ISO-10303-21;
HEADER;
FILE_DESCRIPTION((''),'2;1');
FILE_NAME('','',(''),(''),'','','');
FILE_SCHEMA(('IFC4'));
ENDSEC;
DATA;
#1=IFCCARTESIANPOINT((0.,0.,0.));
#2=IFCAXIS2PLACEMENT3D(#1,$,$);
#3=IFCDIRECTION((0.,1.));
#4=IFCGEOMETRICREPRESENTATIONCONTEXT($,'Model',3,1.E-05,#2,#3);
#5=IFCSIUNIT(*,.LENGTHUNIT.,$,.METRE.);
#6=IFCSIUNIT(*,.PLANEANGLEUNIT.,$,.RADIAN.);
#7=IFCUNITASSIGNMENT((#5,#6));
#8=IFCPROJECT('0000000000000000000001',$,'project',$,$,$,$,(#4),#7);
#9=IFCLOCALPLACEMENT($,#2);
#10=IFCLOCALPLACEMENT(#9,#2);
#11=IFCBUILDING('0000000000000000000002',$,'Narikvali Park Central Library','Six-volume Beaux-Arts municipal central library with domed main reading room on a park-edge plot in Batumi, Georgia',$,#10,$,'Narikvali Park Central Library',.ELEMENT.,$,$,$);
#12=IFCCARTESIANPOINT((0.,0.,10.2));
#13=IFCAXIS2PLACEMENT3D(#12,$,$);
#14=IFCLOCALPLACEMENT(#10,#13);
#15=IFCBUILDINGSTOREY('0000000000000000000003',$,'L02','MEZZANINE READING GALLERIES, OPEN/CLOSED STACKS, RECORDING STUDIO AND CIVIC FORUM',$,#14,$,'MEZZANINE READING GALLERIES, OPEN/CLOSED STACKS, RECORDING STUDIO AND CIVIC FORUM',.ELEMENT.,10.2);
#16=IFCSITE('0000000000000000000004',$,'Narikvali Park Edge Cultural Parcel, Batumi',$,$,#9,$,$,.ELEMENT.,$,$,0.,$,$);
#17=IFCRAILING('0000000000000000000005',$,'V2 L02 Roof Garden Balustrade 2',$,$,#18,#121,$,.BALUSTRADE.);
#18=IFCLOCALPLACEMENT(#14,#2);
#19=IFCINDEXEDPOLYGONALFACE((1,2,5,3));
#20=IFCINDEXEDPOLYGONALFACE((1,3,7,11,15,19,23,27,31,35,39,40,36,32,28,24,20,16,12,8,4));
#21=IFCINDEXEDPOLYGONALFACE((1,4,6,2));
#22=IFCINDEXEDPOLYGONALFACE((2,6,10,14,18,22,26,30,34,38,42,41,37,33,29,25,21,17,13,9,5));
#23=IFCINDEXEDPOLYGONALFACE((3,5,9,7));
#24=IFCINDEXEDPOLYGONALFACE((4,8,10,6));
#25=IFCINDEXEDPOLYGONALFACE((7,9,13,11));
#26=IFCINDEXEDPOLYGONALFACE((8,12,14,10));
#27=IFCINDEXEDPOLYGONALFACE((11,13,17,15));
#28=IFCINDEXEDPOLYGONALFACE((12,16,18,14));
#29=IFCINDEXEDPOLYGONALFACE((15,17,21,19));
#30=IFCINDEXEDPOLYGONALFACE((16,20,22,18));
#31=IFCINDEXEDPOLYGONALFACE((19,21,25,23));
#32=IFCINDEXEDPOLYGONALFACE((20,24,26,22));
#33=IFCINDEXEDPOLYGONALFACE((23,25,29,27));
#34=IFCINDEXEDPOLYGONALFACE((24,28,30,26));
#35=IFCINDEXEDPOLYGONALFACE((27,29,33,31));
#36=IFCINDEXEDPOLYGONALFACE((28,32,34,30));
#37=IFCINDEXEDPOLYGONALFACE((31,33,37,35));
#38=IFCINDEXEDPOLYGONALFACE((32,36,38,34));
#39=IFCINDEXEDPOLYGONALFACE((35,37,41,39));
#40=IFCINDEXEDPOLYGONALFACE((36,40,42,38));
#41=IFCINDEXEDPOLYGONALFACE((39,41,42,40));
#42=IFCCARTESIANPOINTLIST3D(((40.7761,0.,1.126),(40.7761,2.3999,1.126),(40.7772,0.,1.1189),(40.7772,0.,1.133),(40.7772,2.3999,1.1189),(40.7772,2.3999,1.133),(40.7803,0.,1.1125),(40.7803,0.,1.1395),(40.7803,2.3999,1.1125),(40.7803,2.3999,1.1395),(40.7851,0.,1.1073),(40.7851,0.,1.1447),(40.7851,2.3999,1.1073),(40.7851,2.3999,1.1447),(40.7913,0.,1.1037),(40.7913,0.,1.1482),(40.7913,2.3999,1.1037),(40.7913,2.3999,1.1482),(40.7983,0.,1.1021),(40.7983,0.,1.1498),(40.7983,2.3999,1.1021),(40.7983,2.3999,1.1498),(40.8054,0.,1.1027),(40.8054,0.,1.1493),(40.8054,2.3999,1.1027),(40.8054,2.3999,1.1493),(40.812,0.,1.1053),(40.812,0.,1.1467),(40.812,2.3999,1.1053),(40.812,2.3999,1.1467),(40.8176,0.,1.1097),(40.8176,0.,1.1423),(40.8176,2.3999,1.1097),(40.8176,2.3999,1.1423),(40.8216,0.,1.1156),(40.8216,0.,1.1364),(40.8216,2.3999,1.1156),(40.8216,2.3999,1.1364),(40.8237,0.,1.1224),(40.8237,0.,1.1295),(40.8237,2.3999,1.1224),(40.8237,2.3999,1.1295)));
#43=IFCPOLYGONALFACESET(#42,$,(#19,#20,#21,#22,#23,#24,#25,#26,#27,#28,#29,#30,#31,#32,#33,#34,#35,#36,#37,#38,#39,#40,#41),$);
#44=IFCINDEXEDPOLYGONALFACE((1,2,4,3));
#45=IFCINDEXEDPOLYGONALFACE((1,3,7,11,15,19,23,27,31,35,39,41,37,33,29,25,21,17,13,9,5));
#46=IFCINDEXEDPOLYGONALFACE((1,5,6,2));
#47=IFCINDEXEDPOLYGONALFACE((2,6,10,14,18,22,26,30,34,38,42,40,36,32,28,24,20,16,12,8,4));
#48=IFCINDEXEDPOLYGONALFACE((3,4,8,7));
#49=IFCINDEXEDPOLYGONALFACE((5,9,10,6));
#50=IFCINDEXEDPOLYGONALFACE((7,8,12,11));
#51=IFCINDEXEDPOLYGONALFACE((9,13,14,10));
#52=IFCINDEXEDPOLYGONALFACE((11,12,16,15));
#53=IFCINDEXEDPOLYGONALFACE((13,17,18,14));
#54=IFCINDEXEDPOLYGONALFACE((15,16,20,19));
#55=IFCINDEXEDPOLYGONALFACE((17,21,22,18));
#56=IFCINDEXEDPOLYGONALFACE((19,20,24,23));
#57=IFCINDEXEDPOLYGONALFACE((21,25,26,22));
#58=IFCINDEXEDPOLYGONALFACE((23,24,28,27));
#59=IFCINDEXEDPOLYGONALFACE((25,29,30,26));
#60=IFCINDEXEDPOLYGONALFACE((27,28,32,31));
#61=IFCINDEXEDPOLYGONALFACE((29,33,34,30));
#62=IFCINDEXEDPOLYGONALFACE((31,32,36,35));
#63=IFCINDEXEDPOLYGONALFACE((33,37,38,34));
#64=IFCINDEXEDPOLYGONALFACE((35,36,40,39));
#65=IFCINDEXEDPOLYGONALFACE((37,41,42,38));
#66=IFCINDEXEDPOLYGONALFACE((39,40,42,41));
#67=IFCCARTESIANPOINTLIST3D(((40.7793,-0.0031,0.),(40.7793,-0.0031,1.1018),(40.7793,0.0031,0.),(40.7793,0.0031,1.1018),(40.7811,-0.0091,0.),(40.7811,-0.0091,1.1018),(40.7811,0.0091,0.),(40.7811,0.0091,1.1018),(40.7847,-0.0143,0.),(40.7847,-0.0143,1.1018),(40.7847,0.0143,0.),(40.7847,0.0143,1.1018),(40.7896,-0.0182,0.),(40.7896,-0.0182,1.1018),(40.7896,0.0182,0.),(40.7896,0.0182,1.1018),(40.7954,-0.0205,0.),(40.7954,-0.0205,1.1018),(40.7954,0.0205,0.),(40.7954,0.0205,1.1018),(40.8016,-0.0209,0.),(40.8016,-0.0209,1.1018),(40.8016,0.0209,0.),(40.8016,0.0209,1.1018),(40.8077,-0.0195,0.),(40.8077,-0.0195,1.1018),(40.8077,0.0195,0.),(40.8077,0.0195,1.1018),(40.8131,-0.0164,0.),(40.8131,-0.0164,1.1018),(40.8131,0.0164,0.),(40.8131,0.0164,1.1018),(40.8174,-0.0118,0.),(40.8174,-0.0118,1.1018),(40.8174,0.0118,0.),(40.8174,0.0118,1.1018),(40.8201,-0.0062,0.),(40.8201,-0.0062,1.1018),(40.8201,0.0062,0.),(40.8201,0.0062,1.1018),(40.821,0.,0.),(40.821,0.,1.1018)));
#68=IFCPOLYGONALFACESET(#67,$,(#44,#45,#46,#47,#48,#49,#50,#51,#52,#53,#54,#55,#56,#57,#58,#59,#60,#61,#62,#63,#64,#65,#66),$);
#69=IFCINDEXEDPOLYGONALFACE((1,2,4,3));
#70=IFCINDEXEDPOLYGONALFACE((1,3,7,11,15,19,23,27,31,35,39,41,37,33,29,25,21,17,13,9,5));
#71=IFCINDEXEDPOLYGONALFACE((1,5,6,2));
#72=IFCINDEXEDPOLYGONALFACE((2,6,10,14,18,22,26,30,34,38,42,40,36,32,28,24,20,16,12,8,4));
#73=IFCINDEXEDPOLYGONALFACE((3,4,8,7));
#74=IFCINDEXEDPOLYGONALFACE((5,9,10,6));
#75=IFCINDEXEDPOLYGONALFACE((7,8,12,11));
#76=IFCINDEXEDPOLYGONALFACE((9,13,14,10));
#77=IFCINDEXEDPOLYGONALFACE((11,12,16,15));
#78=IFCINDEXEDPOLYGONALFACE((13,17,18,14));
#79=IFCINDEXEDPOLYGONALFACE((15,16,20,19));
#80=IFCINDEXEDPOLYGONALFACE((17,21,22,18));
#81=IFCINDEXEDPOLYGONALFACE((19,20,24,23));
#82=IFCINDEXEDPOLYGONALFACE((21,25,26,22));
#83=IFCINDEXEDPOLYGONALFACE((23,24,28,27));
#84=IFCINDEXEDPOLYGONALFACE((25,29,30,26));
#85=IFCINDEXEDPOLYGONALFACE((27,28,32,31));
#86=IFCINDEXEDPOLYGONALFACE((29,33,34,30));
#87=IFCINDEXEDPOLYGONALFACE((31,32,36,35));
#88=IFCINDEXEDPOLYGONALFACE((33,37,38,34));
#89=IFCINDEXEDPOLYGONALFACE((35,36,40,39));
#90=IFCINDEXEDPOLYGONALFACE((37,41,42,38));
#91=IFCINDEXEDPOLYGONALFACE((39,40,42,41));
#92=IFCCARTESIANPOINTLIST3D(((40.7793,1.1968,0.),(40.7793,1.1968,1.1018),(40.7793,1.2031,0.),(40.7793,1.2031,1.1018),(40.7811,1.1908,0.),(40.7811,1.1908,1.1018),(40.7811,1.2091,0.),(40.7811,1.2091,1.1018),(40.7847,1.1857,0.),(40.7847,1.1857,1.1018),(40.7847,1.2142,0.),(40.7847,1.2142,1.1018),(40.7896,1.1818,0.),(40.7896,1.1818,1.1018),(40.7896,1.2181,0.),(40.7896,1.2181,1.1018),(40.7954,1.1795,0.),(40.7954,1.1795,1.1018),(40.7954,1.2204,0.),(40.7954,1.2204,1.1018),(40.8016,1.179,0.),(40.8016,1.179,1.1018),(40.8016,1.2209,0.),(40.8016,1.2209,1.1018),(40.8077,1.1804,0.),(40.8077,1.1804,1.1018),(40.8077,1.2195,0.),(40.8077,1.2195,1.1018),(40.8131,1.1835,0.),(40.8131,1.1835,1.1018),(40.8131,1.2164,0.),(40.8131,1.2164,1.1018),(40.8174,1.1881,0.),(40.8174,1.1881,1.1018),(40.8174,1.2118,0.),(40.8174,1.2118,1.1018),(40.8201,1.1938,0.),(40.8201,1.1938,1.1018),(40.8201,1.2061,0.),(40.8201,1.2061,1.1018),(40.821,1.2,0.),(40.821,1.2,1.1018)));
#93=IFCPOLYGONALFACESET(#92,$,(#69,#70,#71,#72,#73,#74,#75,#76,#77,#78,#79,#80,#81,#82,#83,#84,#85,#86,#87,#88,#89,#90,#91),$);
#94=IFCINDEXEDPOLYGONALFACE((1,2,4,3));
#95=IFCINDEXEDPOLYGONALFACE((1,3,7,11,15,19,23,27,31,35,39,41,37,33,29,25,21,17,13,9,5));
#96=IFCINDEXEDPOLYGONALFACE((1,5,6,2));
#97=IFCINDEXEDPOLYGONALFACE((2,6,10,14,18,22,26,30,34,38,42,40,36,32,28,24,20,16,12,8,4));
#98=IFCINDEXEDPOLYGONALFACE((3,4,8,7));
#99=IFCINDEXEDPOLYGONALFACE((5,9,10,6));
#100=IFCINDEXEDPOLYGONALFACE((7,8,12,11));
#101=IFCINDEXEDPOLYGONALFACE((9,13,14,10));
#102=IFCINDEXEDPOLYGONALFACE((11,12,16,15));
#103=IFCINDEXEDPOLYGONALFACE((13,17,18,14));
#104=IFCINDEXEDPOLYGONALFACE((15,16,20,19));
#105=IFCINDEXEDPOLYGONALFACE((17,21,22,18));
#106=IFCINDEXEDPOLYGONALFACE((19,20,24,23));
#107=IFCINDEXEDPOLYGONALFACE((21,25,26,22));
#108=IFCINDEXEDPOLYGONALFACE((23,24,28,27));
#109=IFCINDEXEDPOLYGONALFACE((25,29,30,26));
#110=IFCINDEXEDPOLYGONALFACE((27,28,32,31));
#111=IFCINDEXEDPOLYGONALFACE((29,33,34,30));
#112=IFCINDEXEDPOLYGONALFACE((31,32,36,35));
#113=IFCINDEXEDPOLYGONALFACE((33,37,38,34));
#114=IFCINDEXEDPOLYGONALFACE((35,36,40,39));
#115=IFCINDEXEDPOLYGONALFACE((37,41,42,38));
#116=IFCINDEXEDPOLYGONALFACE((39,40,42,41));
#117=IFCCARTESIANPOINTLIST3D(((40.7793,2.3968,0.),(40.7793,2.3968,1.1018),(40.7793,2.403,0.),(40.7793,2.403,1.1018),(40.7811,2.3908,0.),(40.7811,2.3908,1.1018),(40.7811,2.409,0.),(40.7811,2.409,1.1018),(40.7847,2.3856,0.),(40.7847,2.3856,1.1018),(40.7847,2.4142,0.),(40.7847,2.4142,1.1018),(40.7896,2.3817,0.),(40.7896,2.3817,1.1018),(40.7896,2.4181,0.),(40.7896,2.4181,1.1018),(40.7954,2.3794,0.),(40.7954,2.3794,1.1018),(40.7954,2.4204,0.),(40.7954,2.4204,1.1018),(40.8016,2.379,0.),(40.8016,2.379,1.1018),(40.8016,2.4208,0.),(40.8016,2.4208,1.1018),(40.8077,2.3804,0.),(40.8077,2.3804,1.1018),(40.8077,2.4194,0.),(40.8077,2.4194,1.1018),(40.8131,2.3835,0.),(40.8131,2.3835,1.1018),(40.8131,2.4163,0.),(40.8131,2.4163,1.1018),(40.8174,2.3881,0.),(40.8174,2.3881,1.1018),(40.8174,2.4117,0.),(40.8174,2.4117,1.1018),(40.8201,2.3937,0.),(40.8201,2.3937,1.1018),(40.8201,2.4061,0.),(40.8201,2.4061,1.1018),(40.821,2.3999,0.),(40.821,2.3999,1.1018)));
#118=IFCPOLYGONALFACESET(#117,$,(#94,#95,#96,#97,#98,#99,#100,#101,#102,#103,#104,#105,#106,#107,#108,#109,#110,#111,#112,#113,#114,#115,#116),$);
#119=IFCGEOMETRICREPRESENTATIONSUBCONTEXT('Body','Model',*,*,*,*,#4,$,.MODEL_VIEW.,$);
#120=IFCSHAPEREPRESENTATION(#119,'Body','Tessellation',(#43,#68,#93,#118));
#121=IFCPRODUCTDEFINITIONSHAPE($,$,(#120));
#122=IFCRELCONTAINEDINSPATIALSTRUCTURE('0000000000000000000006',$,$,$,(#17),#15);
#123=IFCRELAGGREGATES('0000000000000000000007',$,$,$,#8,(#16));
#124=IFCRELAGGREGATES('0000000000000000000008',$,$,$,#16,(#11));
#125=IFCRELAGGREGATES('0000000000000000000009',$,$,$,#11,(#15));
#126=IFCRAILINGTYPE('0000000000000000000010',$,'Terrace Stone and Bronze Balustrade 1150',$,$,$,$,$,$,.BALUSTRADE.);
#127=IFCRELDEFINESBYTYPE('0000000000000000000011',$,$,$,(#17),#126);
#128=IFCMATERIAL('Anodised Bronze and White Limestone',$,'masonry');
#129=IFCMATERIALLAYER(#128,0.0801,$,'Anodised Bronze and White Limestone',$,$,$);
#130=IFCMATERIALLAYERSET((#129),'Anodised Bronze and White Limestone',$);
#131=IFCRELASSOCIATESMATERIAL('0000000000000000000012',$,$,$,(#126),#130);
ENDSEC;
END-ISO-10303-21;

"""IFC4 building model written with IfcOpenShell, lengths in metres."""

from ifc_helpers import new_model, si_unit, direction, frame, origin, origin_2d, place, context, subcontext, project, spatial, circle, extrude, material, layer, layer_set, type_object, element, save


model = new_model("IFC4")

# Units and contexts
model_context = context("Model", 3, precision=1e-05, world=origin(), true_north=direction((0.0, 1.0)))
body_context = subcontext(model_context, "Body", "Model", "MODEL_VIEW")
ifc_project = project(units=[si_unit("LENGTHUNIT", "METRE"), si_unit("PLANEANGLEUNIT", "RADIAN")], contexts=[model_context])

# Site, building, storey
site_placement = place(None, origin())
site = spatial("IfcSite", under=ifc_project, at=site_placement, Name="Narikvali Park Edge Cultural Parcel, Batumi", CompositionType="ELEMENT", RefElevation=0.0)
building_placement = place(site_placement, origin())
building = spatial("IfcBuilding", under=site, at=building_placement, Name="Narikvali Park Central Library", Description="Six-volume Beaux-Arts municipal central library with domed main reading room on a park-edge plot in Batumi, Georgia", LongName="Narikvali Park Central Library", CompositionType="ELEMENT")
storey_placement = place(building_placement, frame((0.0, 0.0, 10.2)))
storey = spatial("IfcBuildingStorey", under=building, at=storey_placement, Name="L02", Description="MEZZANINE READING GALLERIES, OPEN/CLOSED STACKS, RECORDING STUDIO AND CIVIC FORUM", LongName="MEZZANINE READING GALLERIES, OPEN/CLOSED STACKS, RECORDING STUDIO AND CIVIC FORUM", CompositionType="ELEMENT", Elevation=10.2)

# Railing
ifc_material_1 = material(Name="Anodised Bronze and White Limestone", Category="masonry")
ifc_layer_1 = layer(ifc_material_1, 0.0801, Name="Anodised Bronze and White Limestone")
ifc_layer_set_1 = layer_set([ifc_layer_1], Name="Anodised Bronze and White Limestone")
railing_type = type_object("IfcRailingType", Name="Terrace Stone and Bronze Balustrade 1150", PredefinedType="BALUSTRADE", material=ifc_layer_set_1)
railing_1_placement = place(storey_placement, frame((40.8, 0.0, 0.0)))
element("IfcRailing", 1, at=railing_1_placement, inside=storey, type_object=railing_type, Name="V2 L02 Roof Garden Balustrade 2", PredefinedType="BALUSTRADE", context=body_context, shape_type="SweptSolid", body=[
    extrude(circle(Radius=0.0239, at=origin_2d()), frame((0.0, 0.0, 1.126), z_axis=(0.0, 1.0, 0.0), x_axis=(-1.0, 0.0, 0.0)), (0.0, 0.0, 1.0), 2.3999),
    extrude(circle(Radius=0.021, at=origin_2d()), origin(), (0.0, 0.0, 1.0), 1.1018),
    extrude(circle(Radius=0.021, at=origin_2d()), frame((0.0, 1.2, 0.0)), (0.0, 0.0, 1.0), 1.1018),
    extrude(circle(Radius=0.021, at=origin_2d()), frame((0.0, 2.3999, 0.0)), (0.0, 0.0, 1.0), 1.1018),
])

save(model, "model.ifc")
